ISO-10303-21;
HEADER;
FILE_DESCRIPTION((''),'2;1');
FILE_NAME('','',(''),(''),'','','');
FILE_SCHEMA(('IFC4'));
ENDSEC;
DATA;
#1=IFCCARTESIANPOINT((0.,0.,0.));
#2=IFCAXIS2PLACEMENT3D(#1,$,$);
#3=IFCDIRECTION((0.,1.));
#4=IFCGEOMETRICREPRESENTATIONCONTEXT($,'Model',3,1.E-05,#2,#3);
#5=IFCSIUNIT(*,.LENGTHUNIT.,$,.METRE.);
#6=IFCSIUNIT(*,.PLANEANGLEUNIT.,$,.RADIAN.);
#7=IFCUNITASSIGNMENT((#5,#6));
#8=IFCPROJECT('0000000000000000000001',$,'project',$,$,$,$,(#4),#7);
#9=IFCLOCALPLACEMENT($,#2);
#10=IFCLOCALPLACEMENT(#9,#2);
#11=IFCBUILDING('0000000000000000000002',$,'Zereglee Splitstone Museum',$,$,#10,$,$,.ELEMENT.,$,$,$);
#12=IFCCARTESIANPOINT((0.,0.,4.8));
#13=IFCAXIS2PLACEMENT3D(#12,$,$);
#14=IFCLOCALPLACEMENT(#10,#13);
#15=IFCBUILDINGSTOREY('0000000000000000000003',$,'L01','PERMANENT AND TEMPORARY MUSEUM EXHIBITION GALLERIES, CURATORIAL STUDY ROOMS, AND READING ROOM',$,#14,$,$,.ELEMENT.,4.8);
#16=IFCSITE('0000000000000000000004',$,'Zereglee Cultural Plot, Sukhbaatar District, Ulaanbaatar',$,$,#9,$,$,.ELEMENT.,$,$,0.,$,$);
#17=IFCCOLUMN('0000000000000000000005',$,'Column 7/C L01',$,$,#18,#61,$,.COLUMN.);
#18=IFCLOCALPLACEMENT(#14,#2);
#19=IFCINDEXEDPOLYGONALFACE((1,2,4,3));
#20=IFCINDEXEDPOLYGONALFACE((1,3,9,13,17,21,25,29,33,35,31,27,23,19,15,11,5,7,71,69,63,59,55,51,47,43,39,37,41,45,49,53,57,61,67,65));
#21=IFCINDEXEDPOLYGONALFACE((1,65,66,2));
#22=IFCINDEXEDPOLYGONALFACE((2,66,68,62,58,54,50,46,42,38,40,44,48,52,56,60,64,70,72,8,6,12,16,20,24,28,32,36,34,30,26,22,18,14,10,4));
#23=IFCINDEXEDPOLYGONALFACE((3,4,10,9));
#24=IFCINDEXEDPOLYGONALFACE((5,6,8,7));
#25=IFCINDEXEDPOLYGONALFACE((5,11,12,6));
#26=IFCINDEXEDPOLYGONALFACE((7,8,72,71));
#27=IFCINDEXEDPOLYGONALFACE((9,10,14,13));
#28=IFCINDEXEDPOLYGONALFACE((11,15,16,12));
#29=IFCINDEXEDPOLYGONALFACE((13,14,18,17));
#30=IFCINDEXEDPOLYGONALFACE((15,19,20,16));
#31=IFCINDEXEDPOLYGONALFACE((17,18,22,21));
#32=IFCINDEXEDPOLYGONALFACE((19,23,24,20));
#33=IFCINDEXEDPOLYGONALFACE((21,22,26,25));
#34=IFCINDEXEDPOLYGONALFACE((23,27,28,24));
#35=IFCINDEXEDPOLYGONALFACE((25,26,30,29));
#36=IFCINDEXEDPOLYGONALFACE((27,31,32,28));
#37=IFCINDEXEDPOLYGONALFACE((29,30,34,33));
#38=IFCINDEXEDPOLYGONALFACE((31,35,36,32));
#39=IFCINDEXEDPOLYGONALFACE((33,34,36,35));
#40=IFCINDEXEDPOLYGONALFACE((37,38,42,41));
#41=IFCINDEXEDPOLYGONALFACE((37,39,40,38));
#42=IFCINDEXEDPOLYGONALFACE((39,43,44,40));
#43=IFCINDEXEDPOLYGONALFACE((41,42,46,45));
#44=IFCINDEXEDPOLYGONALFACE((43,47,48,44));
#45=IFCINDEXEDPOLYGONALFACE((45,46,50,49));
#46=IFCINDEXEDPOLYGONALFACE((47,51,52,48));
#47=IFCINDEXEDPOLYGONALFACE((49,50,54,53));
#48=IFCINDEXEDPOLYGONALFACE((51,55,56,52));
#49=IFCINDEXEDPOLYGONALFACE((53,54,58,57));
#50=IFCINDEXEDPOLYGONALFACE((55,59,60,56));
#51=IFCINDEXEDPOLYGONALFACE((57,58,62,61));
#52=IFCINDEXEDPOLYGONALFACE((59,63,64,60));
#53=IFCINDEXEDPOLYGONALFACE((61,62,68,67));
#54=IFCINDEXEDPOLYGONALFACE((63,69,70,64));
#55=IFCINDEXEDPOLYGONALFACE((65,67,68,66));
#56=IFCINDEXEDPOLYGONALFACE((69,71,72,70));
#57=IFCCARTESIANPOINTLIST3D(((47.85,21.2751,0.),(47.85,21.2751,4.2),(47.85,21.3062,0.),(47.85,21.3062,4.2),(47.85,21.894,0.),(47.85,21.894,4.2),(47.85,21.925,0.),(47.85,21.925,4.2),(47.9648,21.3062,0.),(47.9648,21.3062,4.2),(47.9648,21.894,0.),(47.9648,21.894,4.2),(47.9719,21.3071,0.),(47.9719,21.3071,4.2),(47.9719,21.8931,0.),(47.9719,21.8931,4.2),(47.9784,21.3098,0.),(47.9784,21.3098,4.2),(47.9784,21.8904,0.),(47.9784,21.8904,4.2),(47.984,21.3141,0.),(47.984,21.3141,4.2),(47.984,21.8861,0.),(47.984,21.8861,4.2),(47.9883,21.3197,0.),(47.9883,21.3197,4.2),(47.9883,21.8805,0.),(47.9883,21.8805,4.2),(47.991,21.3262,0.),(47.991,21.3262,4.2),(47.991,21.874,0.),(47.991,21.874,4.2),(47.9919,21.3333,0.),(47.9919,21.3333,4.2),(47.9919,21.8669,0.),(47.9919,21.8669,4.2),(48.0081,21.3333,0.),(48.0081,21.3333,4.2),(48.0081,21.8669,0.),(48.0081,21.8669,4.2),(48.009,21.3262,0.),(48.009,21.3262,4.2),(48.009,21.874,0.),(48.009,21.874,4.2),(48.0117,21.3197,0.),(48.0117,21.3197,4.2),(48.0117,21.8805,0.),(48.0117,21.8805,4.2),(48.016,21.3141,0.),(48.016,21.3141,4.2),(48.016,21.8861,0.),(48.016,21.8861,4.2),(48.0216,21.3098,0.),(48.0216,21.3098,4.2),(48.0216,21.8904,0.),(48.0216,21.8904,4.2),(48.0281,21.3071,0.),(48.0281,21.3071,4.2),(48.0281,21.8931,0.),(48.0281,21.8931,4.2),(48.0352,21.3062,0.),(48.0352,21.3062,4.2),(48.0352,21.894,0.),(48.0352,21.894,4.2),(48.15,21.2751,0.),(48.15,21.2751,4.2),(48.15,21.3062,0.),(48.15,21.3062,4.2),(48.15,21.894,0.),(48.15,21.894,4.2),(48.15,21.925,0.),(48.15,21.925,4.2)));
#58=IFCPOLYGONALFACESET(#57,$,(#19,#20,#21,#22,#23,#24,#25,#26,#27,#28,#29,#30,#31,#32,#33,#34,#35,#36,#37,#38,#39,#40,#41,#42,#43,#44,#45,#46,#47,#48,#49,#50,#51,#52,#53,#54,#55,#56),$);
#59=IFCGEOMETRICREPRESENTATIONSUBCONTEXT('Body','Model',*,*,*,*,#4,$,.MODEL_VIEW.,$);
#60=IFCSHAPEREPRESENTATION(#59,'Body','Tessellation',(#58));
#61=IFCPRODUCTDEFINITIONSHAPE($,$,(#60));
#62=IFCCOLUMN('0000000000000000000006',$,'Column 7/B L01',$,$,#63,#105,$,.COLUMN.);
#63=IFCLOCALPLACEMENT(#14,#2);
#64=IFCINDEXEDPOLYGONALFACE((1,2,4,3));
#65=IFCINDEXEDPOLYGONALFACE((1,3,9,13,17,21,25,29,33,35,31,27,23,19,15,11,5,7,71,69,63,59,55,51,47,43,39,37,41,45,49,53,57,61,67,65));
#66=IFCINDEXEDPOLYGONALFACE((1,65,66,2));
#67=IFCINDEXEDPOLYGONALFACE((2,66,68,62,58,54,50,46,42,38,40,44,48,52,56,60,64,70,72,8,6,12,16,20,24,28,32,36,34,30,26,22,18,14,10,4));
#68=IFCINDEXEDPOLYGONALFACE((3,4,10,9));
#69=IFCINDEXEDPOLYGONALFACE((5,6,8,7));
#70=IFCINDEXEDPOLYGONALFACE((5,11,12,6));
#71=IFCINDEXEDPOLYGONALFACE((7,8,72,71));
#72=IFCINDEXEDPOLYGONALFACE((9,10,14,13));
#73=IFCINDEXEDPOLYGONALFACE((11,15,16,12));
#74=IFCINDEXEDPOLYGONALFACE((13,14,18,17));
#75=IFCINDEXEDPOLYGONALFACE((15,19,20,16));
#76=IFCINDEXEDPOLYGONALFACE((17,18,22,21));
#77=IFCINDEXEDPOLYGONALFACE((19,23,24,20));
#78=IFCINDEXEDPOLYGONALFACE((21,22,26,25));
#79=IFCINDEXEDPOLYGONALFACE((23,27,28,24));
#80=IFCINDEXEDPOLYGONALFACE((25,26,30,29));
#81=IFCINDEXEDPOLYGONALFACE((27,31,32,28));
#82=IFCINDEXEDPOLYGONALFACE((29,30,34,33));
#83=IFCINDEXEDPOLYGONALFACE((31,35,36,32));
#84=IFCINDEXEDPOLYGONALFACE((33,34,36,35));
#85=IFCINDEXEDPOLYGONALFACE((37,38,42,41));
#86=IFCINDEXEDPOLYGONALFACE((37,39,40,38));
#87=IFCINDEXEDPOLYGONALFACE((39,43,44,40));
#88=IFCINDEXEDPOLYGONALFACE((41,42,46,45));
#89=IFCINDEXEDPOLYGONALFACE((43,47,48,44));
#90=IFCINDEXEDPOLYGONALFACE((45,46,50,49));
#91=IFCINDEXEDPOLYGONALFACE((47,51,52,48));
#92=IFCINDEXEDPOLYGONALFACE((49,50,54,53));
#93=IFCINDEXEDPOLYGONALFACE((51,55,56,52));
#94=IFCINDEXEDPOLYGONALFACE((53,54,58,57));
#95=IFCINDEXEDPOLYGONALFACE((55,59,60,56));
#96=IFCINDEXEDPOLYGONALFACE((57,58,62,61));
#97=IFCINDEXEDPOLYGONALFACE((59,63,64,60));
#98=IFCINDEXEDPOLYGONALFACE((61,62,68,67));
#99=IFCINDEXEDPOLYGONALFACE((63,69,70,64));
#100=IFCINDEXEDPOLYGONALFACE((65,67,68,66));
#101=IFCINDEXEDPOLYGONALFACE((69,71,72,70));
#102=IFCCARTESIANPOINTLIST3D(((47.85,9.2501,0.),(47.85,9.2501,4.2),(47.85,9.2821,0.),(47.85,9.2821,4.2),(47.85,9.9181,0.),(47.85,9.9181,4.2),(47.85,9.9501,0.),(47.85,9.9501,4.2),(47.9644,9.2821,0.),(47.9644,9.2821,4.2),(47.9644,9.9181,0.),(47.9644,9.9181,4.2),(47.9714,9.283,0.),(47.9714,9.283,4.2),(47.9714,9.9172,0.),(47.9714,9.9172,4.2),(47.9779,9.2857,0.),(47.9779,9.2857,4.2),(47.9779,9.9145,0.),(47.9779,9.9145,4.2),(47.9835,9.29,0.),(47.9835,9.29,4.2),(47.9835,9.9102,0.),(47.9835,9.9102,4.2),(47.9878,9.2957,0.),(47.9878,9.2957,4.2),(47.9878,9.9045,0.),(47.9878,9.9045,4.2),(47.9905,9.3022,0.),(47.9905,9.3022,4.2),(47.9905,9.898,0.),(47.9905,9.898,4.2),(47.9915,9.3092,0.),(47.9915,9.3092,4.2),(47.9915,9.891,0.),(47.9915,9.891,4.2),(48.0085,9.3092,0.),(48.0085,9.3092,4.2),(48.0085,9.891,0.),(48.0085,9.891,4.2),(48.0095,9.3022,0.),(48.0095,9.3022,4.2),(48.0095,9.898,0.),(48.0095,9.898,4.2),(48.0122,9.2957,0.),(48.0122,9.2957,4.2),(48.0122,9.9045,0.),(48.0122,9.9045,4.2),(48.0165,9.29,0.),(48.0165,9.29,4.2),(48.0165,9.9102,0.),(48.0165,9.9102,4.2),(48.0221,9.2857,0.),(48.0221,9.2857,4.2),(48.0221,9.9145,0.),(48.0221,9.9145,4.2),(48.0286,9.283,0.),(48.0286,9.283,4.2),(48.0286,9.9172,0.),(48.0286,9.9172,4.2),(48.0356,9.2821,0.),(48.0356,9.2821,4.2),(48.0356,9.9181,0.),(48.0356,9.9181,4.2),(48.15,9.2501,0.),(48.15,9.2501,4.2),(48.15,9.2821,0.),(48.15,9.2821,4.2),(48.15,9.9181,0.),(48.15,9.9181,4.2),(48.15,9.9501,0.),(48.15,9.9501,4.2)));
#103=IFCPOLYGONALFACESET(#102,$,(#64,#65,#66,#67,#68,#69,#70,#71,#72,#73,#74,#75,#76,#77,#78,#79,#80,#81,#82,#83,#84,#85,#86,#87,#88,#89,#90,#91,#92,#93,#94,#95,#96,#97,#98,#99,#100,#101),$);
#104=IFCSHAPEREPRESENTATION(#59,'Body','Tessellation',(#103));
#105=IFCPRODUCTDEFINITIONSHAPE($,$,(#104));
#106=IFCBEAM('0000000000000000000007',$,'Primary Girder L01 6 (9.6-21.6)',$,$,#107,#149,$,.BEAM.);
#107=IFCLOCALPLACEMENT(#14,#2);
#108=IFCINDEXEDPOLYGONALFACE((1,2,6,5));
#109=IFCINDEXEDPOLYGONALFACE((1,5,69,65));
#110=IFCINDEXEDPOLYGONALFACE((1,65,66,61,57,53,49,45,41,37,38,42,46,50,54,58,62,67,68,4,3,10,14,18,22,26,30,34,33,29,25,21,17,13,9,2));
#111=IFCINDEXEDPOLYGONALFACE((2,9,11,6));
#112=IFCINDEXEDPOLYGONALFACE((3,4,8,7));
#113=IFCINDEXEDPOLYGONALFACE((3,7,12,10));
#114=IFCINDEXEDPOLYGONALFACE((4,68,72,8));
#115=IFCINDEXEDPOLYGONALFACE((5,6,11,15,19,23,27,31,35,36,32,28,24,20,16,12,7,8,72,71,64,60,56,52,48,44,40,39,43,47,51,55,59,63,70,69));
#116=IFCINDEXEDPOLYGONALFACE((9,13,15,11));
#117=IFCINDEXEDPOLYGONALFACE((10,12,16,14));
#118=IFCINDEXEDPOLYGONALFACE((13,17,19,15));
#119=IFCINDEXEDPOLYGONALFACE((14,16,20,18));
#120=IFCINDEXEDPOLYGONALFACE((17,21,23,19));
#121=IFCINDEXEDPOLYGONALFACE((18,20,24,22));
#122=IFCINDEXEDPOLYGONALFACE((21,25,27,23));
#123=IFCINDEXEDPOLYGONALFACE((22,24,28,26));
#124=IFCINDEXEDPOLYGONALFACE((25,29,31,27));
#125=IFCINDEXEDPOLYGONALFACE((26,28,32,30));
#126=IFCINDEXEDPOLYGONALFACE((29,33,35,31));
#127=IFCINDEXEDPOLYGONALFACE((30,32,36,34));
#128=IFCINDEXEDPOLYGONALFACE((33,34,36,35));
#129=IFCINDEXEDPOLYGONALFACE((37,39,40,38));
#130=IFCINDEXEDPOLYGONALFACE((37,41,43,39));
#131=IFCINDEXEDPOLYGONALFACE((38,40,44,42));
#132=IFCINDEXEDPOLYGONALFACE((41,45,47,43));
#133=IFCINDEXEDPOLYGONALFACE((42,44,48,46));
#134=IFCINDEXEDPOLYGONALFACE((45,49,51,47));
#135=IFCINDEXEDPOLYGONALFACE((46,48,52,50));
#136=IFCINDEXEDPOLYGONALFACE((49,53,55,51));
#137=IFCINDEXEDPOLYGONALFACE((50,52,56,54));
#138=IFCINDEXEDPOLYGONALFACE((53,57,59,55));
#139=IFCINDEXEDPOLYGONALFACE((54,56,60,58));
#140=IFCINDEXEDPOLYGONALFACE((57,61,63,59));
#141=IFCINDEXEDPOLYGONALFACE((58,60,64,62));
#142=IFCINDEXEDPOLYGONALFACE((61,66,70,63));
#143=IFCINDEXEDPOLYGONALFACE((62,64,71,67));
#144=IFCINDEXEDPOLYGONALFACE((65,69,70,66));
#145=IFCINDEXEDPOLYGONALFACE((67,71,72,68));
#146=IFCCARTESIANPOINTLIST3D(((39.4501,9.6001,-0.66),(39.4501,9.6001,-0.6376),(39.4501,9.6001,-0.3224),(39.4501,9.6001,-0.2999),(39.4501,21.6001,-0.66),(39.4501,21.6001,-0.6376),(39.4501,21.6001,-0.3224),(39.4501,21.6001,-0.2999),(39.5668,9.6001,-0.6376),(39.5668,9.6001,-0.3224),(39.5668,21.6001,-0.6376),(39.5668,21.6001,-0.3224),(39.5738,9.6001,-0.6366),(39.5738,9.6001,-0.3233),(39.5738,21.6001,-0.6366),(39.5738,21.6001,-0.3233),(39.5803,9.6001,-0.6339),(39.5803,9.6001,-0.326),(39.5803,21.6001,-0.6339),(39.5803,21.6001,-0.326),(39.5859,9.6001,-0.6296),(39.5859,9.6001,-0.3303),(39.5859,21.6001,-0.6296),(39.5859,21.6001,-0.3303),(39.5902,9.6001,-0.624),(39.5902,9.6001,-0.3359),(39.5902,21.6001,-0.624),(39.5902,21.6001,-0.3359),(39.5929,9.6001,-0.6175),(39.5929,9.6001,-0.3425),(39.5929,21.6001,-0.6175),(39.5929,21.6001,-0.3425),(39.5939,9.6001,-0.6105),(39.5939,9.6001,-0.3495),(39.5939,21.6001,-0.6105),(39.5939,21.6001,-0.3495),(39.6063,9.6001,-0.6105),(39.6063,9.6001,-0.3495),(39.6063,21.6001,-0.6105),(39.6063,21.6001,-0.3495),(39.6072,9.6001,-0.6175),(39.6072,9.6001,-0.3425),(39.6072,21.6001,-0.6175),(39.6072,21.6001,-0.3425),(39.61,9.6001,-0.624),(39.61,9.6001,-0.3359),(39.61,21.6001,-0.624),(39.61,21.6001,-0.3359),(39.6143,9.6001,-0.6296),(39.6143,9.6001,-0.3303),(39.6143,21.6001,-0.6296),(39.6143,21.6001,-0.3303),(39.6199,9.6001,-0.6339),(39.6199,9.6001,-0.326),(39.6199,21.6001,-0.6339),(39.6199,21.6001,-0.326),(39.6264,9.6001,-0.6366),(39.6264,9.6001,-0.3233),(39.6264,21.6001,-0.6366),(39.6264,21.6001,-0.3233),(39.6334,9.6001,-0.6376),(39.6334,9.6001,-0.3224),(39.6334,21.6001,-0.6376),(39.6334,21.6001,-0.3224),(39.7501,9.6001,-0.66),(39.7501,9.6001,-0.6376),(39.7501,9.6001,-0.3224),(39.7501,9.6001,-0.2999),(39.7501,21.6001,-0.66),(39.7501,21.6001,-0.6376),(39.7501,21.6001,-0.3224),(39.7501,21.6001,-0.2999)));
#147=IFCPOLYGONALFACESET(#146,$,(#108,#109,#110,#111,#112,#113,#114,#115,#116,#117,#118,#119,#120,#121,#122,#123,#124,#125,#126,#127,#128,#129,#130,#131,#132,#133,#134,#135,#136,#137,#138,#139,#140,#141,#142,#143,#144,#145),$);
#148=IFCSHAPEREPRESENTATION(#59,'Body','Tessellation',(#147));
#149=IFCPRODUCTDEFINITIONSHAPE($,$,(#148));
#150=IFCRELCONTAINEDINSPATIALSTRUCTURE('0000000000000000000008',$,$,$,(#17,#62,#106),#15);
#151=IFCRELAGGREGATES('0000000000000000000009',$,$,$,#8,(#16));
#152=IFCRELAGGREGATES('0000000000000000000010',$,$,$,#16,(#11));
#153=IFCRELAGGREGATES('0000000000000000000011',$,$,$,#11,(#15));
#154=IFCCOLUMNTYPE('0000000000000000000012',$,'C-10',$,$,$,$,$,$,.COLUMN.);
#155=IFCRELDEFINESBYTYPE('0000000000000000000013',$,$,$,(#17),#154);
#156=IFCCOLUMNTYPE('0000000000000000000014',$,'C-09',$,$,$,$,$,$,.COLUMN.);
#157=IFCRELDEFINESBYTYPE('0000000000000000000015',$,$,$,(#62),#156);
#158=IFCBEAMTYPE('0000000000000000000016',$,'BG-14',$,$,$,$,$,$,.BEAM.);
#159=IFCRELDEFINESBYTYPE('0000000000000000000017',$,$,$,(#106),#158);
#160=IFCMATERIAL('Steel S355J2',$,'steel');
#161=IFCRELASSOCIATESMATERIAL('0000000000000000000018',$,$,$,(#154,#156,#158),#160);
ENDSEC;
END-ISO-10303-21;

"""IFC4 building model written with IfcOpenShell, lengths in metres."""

from ifc_helpers import new_model, si_unit, direction, frame, origin, origin_2d, place, context, subcontext, project, spatial, i_section, extrude, material, material_profile, profile_set, type_object, element, save


model = new_model("IFC4")

# Units and contexts
model_context = context("Model", 3, precision=1e-05, world=origin(), true_north=direction((0.0, 1.0)))
body_context = subcontext(model_context, "Body", "Model", "MODEL_VIEW")
ifc_project = project(units=[si_unit("LENGTHUNIT", "METRE"), si_unit("PLANEANGLEUNIT", "RADIAN")], contexts=[model_context])

# Site, building, storey
site_placement = place(None, origin())
site = spatial("IfcSite", under=ifc_project, at=site_placement, Name="Zereglee Cultural Plot, Sukhbaatar District, Ulaanbaatar", CompositionType="ELEMENT", RefElevation=0.0)
building_placement = place(site_placement, origin())
building = spatial("IfcBuilding", under=site, at=building_placement, Name="Zereglee Splitstone Museum", CompositionType="ELEMENT")
storey_placement = place(building_placement, frame((0.0, 0.0, 4.8)))
storey = spatial("IfcBuildingStorey", under=building, at=storey_placement, Name="L01", Description="PERMANENT AND TEMPORARY MUSEUM EXHIBITION GALLERIES, CURATORIAL STUDY ROOMS, AND READING ROOM", CompositionType="ELEMENT", Elevation=4.8)

# Columns
ifc_material_1 = material(Name="Steel S355J2", Category="steel")
ifc_material_profile_1 = material_profile(ifc_material_1, i_section(OverallWidth=0.3, OverallDepth=0.6499, WebThickness=0.0161, FlangeThickness=0.031, FilletRadius=0.0271, at=origin_2d()), Name="HE 650 B")
ifc_profile_set_1 = profile_set([ifc_material_profile_1], Name="Steel S355J2")
column_type_1 = type_object("IfcColumnType", Name="C-10", PredefinedType="COLUMN", material=ifc_profile_set_1)
column_1_placement = place(storey_placement, frame((48.0, 21.6001, 0.0), z_axis=(0.0, 0.0, 1.0), x_axis=(1.0, 0.0, 0.0)))
element("IfcColumn", 1, at=column_1_placement, inside=storey, type_object=column_type_1, Name="Column 7/C L01", PredefinedType="COLUMN", context=body_context, shape_type="SweptSolid", body=[
    extrude(i_section(OverallWidth=0.3, OverallDepth=0.6499, WebThickness=0.0161, FlangeThickness=0.031, FilletRadius=0.0271, at=origin_2d()), origin(), (0.0, 0.0, 1.0), 4.2),
])
ifc_material_profile_2 = material_profile(ifc_material_1, i_section(OverallWidth=0.3, OverallDepth=0.7, WebThickness=0.0171, FlangeThickness=0.032, FilletRadius=0.0271, at=origin_2d()), Name="HE 700 B")
ifc_profile_set_2 = profile_set([ifc_material_profile_2], Name="Steel S355J2")
column_type_2 = type_object("IfcColumnType", Name="C-09", PredefinedType="COLUMN", material=ifc_profile_set_2)
column_2_placement = place(storey_placement, frame((48.0, 9.6001, 0.0), z_axis=(0.0, 0.0, 1.0), x_axis=(1.0, 0.0, 0.0)))
element("IfcColumn", 2, at=column_2_placement, inside=storey, type_object=column_type_2, Name="Column 7/B L01", PredefinedType="COLUMN", context=body_context, shape_type="SweptSolid", body=[
    extrude(i_section(OverallWidth=0.3, OverallDepth=0.7, WebThickness=0.0171, FlangeThickness=0.032, FilletRadius=0.0271, at=origin_2d()), origin(), (0.0, 0.0, 1.0), 4.2),
])

# Beam
ifc_material_profile_3 = material_profile(ifc_material_1, i_section(OverallWidth=0.3, OverallDepth=0.3601, WebThickness=0.0125, FlangeThickness=0.0225, FilletRadius=0.0271, at=origin_2d()), Name="HE 360 B")
ifc_profile_set_3 = profile_set([ifc_material_profile_3], Name="Steel S355J2")
beam_type_1 = type_object("IfcBeamType", Name="BG-14", PredefinedType="BEAM", material=ifc_profile_set_3)
beam_1_placement = place(storey_placement, frame((39.6001, 9.6001, -0.48), z_axis=(0.0, 1.0, 0.0), x_axis=(-1.0, 0.0, 0.0)))
element("IfcBeam", 3, at=beam_1_placement, inside=storey, type_object=beam_type_1, Name="Primary Girder L01 6 (9.6-21.6)", PredefinedType="BEAM", context=body_context, shape_type="SweptSolid", body=[
    extrude(i_section(OverallWidth=0.3, OverallDepth=0.3601, WebThickness=0.0125, FlangeThickness=0.0225, FilletRadius=0.0271, at=origin_2d()), origin(), (0.0, 0.0, 1.0), 12.0),
])

save(model, "model.ifc")
